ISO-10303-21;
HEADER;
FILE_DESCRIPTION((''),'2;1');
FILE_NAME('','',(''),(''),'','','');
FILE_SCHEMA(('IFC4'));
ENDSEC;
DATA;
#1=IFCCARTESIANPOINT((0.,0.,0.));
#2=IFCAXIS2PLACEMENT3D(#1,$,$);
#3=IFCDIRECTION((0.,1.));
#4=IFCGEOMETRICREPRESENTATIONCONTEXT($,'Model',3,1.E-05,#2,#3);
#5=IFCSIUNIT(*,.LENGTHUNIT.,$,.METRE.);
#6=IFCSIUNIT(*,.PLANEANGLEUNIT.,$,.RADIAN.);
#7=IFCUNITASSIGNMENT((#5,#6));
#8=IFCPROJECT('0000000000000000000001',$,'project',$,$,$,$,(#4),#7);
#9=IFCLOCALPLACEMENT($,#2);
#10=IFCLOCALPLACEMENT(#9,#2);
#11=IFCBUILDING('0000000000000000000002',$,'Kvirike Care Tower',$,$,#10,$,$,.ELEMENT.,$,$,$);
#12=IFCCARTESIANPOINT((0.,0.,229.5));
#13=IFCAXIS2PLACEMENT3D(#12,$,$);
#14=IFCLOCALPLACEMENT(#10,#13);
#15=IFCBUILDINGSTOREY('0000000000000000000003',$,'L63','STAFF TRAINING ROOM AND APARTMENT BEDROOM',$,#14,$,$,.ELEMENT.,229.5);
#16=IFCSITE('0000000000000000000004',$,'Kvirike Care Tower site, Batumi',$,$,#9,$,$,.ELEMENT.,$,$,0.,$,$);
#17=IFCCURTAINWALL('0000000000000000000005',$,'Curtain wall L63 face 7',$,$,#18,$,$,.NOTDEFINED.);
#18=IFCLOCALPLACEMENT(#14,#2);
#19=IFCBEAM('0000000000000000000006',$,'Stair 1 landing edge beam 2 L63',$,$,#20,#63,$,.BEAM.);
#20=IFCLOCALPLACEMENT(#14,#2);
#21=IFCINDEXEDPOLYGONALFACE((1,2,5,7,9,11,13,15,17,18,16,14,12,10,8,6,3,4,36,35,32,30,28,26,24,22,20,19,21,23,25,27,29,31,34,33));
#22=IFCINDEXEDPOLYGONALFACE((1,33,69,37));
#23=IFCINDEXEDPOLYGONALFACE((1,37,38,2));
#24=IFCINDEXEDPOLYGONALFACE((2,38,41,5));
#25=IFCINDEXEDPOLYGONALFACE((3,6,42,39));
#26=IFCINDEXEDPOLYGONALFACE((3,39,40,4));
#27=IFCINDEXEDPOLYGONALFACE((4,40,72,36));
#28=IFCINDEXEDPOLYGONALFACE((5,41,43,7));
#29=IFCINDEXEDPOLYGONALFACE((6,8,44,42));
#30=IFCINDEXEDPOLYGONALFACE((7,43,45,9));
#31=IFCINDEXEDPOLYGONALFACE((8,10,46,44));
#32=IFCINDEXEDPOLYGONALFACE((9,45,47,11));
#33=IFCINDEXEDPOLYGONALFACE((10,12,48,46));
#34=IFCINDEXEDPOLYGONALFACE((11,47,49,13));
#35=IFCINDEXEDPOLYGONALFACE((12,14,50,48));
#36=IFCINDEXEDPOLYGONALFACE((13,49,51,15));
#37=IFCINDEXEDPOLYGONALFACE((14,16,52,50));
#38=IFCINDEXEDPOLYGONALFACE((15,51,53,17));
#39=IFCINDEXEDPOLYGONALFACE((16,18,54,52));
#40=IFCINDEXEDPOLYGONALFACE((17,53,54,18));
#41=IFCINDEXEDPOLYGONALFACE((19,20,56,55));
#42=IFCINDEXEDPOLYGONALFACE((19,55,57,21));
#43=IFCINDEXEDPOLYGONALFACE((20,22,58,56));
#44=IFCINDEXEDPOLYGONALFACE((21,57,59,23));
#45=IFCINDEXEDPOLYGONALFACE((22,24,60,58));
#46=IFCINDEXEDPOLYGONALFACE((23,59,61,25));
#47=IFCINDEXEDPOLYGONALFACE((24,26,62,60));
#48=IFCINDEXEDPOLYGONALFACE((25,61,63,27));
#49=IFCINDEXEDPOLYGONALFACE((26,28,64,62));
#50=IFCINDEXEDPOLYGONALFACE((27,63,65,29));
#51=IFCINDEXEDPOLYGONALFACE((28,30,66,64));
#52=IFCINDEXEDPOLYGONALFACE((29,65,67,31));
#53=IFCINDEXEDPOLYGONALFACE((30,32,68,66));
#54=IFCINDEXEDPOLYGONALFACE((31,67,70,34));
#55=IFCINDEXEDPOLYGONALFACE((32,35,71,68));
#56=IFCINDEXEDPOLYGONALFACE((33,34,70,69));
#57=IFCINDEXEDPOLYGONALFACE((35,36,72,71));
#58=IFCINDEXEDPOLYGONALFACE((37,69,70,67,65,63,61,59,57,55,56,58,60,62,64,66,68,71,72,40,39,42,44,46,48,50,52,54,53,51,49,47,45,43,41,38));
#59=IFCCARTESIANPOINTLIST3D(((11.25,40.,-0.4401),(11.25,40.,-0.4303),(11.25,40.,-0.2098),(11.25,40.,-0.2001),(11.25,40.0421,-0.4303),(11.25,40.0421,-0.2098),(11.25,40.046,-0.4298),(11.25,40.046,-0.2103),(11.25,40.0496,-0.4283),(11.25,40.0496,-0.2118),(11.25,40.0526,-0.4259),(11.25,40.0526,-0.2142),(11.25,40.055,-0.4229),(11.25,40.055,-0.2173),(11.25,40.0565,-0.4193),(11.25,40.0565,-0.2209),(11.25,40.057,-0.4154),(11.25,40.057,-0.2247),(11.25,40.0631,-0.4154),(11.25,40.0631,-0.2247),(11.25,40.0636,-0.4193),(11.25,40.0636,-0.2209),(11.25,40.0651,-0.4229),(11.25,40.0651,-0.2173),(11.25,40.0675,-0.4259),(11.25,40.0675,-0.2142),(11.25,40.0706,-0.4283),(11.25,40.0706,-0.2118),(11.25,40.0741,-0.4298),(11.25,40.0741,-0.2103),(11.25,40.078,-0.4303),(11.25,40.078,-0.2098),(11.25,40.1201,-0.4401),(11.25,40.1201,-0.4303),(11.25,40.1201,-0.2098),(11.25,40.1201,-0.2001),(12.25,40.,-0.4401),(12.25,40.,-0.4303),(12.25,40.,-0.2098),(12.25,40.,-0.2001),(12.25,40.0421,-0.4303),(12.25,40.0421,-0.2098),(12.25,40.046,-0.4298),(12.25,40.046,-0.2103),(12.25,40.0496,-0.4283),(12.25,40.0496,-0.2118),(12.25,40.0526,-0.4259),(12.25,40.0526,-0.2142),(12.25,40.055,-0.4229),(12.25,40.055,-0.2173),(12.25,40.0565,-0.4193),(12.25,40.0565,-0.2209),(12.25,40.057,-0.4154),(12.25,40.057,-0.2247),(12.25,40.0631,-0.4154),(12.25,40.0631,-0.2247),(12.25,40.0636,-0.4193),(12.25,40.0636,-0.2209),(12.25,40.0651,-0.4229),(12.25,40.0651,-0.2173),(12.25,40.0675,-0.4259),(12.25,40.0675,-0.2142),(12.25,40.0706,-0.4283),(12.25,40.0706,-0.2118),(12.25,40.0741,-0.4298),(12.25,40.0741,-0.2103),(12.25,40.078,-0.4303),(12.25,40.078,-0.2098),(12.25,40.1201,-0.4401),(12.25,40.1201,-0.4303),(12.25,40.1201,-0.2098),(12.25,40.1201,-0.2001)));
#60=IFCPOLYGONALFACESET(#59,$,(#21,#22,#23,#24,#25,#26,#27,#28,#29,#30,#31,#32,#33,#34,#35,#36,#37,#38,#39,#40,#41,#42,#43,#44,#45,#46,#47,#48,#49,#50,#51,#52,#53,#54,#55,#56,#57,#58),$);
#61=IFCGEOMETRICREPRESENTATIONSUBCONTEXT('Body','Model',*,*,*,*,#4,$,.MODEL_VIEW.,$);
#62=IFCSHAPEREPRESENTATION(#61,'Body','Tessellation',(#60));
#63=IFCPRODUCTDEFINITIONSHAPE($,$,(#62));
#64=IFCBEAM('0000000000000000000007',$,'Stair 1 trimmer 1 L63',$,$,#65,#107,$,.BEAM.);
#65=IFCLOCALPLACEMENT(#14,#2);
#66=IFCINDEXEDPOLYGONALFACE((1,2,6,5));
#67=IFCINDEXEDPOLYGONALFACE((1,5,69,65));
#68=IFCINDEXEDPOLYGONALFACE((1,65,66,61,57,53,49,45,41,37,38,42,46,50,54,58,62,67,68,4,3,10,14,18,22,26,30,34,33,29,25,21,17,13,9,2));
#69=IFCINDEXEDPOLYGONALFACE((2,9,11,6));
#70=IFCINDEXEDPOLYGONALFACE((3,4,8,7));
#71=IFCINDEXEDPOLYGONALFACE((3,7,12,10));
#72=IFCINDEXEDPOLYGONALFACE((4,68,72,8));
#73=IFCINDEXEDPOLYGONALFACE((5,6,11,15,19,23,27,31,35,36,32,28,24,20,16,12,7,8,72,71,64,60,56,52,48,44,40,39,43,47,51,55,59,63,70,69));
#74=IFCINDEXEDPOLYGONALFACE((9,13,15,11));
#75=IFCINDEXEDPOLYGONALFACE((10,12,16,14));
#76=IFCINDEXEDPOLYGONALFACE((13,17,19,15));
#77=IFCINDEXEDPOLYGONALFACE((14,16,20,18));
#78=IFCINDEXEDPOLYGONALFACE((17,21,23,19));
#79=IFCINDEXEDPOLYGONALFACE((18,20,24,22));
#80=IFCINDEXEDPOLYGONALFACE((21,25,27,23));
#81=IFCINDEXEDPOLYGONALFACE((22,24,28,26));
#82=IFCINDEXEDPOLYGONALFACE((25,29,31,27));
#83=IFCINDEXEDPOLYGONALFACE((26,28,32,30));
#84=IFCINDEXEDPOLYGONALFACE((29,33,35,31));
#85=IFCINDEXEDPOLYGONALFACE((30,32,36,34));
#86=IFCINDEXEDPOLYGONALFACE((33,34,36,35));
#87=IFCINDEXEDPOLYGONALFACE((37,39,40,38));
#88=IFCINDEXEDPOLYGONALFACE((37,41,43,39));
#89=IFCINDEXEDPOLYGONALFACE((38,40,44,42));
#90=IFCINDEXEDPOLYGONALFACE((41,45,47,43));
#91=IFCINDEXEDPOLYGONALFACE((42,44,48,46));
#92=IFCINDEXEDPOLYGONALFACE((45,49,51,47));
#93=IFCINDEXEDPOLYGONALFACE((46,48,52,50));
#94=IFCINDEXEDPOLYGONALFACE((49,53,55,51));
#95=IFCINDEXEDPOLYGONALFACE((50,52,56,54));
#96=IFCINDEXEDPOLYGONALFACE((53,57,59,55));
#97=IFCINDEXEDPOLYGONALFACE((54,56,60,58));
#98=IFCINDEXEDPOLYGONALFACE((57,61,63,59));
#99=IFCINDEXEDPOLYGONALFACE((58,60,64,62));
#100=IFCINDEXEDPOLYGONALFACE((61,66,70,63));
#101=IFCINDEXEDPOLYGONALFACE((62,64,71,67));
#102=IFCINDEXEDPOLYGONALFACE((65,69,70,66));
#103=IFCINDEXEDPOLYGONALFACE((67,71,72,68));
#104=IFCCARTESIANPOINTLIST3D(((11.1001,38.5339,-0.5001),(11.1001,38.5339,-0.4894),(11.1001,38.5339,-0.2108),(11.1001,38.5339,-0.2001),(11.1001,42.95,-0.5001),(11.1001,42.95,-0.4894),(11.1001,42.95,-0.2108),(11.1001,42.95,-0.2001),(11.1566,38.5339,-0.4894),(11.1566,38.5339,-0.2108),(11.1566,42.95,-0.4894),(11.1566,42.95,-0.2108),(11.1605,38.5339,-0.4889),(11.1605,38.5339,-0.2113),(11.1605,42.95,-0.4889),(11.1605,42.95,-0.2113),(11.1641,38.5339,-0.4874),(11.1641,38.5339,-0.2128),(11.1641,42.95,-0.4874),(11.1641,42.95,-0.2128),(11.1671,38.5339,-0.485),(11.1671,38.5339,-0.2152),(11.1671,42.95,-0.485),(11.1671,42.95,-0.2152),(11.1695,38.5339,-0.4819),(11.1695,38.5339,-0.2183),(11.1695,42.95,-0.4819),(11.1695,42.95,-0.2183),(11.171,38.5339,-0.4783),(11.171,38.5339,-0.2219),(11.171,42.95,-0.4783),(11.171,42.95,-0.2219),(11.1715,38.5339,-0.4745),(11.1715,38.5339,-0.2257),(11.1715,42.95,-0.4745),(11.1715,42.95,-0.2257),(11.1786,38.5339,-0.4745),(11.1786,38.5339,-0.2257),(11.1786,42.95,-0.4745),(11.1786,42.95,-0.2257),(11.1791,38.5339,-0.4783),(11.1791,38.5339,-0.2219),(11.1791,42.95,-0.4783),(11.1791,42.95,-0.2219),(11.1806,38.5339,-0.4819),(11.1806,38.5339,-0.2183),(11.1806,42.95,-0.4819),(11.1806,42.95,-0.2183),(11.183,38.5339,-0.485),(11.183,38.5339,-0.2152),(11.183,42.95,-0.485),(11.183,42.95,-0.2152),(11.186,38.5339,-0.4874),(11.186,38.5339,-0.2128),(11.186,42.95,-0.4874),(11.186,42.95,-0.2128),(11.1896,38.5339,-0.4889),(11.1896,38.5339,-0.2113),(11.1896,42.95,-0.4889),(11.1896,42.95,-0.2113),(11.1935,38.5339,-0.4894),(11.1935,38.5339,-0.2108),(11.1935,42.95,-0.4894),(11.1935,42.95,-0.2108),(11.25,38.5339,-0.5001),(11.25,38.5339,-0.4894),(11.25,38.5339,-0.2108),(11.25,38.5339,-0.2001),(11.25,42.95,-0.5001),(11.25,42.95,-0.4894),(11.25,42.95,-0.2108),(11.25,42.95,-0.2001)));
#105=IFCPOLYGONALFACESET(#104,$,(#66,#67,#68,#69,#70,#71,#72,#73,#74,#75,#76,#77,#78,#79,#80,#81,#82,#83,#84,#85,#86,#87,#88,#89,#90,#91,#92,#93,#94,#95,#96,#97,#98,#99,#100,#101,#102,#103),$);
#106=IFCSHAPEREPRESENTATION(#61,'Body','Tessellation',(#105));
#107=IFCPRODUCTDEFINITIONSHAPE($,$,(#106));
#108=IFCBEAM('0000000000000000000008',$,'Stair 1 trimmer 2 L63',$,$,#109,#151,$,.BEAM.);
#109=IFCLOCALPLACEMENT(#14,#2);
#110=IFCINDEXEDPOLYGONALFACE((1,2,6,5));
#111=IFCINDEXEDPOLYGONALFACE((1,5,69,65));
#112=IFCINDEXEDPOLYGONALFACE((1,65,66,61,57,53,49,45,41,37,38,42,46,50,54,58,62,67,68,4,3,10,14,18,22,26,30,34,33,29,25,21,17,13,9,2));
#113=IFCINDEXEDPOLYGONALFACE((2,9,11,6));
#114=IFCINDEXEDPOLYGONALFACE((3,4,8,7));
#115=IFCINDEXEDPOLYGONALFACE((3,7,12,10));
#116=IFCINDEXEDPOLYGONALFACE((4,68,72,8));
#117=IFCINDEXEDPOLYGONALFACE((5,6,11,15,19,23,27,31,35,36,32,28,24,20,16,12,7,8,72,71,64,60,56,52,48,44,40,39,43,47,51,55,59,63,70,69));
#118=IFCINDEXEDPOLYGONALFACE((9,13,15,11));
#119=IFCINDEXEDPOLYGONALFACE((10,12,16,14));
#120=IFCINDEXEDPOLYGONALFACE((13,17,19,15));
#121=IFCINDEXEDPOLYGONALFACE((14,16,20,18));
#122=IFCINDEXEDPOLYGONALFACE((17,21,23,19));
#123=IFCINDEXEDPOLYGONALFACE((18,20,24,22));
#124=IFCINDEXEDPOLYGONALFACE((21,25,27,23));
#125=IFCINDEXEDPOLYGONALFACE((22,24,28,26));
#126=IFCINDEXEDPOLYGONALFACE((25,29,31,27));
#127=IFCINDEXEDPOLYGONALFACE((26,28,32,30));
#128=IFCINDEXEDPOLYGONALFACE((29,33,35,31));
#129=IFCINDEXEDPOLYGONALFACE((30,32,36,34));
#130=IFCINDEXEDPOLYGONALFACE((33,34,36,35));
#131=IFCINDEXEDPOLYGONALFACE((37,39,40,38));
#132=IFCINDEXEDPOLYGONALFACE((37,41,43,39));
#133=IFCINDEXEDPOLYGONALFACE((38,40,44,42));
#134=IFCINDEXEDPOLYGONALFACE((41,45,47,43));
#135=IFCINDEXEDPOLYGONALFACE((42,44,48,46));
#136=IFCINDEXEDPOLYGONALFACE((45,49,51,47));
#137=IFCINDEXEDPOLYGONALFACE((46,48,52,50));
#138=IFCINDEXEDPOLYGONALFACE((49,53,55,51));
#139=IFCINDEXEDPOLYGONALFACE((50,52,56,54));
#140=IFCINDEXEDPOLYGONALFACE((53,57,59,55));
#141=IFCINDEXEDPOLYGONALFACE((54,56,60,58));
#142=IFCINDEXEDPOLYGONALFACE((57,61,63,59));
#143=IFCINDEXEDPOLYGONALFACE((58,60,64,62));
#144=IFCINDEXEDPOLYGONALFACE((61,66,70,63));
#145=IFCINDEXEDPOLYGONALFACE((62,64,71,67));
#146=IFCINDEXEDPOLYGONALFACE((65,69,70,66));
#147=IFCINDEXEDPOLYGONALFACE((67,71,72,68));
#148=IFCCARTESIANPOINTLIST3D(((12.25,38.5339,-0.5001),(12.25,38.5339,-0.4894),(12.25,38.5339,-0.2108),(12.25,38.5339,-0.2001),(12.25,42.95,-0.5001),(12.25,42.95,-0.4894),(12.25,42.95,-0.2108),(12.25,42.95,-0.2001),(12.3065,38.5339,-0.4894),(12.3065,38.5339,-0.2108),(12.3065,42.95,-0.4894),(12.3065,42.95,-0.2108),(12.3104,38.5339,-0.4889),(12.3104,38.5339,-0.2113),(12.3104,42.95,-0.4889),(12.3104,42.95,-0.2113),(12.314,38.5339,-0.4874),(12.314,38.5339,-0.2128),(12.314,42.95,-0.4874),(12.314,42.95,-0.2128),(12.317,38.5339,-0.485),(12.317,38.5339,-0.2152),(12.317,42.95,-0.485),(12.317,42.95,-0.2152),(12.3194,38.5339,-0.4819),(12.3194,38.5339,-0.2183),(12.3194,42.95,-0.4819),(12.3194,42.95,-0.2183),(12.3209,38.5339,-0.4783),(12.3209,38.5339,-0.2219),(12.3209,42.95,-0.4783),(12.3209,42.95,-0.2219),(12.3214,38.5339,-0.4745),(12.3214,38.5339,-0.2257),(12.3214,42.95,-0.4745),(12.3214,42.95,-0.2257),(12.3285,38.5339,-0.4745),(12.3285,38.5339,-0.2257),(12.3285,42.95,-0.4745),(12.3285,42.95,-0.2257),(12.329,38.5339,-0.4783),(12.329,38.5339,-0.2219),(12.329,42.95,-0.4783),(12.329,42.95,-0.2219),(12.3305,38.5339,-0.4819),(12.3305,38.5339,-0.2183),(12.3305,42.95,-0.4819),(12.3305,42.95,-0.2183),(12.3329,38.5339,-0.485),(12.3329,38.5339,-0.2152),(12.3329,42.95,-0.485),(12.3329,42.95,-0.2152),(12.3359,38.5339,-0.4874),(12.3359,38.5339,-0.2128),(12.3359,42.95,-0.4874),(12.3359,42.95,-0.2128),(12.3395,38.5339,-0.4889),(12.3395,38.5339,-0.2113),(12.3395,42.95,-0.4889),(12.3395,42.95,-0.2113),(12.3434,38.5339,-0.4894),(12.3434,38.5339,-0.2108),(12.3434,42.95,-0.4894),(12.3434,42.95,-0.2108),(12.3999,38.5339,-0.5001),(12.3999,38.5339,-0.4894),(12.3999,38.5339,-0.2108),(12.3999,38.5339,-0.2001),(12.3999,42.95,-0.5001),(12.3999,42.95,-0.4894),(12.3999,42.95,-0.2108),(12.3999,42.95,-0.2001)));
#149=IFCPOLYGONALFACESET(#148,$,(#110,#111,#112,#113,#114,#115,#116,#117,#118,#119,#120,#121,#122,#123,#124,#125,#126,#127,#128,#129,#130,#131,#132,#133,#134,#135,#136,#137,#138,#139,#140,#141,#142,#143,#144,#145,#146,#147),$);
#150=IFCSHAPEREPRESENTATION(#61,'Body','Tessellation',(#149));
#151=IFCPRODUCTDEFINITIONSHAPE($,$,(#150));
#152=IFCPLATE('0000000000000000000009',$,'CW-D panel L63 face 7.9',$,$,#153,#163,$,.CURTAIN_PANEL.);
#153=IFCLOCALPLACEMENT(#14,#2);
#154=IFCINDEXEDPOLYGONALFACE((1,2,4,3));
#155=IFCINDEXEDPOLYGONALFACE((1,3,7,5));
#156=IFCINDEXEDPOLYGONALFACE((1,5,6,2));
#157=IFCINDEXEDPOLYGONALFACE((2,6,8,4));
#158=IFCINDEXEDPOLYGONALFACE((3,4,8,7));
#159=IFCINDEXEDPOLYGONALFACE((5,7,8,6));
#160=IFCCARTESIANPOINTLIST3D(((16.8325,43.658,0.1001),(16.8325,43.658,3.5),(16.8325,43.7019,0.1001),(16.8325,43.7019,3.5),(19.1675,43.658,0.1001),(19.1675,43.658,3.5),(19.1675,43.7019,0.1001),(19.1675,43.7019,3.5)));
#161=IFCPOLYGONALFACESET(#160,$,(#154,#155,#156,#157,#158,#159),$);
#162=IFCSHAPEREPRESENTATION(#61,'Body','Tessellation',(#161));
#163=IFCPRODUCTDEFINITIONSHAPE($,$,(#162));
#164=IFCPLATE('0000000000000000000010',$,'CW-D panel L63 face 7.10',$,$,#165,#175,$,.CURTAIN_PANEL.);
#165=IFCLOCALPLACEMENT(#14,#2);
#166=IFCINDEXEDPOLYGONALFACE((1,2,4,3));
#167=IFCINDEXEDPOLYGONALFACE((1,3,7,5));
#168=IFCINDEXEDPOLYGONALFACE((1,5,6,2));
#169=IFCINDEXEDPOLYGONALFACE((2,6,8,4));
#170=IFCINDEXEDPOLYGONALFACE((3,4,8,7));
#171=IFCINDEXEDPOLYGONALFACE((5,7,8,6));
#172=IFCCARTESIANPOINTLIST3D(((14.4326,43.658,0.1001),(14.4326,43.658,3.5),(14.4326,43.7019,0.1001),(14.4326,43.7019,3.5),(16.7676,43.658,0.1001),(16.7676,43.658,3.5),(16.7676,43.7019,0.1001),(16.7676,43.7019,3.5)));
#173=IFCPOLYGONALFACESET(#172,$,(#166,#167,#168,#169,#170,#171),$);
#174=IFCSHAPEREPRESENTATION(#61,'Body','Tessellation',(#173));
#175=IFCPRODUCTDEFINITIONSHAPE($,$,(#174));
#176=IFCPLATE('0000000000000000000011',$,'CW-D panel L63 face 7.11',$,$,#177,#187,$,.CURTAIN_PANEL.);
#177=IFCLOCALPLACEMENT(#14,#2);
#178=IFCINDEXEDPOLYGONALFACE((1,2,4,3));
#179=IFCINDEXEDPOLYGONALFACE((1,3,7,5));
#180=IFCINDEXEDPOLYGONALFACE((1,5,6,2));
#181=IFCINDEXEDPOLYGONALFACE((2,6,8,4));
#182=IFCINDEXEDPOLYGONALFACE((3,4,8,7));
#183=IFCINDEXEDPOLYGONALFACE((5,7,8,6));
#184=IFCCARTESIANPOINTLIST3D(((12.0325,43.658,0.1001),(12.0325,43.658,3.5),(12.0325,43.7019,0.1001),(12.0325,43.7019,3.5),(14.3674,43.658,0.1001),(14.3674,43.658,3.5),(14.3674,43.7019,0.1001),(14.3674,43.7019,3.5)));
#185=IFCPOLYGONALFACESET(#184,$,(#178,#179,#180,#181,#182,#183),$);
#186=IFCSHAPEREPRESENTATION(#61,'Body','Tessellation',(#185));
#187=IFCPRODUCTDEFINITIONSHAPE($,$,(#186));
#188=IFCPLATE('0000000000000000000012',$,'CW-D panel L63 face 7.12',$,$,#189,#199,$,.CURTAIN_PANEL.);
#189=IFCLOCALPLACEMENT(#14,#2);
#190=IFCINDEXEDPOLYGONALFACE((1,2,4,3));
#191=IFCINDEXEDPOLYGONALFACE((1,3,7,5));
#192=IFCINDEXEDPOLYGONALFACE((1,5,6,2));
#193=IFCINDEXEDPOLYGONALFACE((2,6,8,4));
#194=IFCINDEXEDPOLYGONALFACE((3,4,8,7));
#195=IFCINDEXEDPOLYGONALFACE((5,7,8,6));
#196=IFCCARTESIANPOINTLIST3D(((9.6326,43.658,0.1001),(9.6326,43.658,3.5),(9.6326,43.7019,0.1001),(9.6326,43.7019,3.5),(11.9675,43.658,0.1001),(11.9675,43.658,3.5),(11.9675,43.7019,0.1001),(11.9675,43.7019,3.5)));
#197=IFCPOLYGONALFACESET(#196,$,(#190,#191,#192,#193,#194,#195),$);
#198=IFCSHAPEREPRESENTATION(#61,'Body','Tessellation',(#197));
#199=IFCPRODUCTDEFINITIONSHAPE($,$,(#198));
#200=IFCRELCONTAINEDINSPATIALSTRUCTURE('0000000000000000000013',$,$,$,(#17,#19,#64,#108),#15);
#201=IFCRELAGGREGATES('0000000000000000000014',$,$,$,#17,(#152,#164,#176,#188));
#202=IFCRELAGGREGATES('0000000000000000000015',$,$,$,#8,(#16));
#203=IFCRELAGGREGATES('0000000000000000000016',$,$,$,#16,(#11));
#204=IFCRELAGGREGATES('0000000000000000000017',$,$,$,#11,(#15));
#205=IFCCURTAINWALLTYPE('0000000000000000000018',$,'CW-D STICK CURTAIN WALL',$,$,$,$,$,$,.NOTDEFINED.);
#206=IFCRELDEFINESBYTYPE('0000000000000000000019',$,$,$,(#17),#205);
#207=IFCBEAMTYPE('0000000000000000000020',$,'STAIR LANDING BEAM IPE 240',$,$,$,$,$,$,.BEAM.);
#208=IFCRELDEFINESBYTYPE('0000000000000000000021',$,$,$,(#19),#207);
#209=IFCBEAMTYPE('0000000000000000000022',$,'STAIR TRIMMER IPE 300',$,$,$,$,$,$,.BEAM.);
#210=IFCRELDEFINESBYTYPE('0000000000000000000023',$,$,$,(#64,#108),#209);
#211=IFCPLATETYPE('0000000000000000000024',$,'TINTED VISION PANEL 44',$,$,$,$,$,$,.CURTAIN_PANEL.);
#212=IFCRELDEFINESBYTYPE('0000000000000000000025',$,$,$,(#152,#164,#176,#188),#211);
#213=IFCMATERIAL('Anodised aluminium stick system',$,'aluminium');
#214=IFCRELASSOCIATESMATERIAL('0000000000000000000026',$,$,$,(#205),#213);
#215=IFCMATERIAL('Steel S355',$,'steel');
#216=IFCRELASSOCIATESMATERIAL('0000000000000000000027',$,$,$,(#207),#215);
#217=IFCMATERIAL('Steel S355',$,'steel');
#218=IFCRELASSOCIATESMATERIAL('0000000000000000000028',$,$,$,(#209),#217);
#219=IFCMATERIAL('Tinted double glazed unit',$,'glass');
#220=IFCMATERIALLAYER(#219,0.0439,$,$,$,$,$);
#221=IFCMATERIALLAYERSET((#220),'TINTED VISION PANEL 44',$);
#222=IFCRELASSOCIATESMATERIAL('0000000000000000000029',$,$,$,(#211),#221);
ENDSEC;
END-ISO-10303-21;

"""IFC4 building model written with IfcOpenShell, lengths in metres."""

from ifc_helpers import new_model, si_unit, direction, frame, origin, origin_2d, place, context, subcontext, project, spatial, rectangle, i_section, extrude, material, layer, layer_set, material_profile, profile_set, type_object, element, aggregate, save


model = new_model("IFC4")

# Units and contexts
model_context = context("Model", 3, precision=1e-05, world=origin(), true_north=direction((0.0, 1.0)))
body_context = subcontext(model_context, "Body", "Model", "MODEL_VIEW")
ifc_project = project(units=[si_unit("LENGTHUNIT", "METRE"), si_unit("PLANEANGLEUNIT", "RADIAN")], contexts=[model_context])

# Site, building, storey
site_placement = place(None, origin())
site = spatial("IfcSite", under=ifc_project, at=site_placement, Name="Kvirike Care Tower site, Batumi", CompositionType="ELEMENT", RefElevation=0.0)
building_placement = place(site_placement, origin())
building = spatial("IfcBuilding", under=site, at=building_placement, Name="Kvirike Care Tower", CompositionType="ELEMENT")
storey_placement = place(building_placement, frame((0.0, 0.0, 229.5)))
storey = spatial("IfcBuildingStorey", under=building, at=storey_placement, Name="L63", Description="STAFF TRAINING ROOM AND APARTMENT BEDROOM", CompositionType="ELEMENT", Elevation=229.5)

# Curtain wall
ifc_material_1 = material(Name="Anodised aluminium stick system", Category="aluminium")
curtain_wall_type = type_object("IfcCurtainWallType", Name="CW-D STICK CURTAIN WALL", PredefinedType="NOTDEFINED", material=ifc_material_1)
curtain_wall_placement = place(storey_placement, origin())
curtain_wall = element("IfcCurtainWall", 1, at=curtain_wall_placement, inside=storey, type_object=curtain_wall_type, Name="Curtain wall L63 face 7", PredefinedType="NOTDEFINED")

# Beams
ifc_material_2 = material(Name="Steel S355", Category="steel")
ifc_material_profile_1 = material_profile(ifc_material_2, i_section(OverallWidth=0.1201, OverallDepth=0.24, WebThickness=0.0061, FlangeThickness=0.0098, FilletRadius=0.0149, at=origin_2d()), Name="IPE 240")
ifc_profile_set_1 = profile_set([ifc_material_profile_1], Name="Steel S355")
beam_type_1 = type_object("IfcBeamType", Name="STAIR LANDING BEAM IPE 240", PredefinedType="BEAM", material=ifc_profile_set_1)
for number, where, z_axis, x_axis, name in (
    (2, (11.25, 40.0601, -0.3201), (1.0, 0.0, 0.0), (0.0, 1.0, 0.0), "Stair 1 landing edge beam 2 L63"),
):
    element("IfcBeam", number, at=place(storey_placement, frame(where, z_axis=z_axis, x_axis=x_axis)), inside=storey, type_object=beam_type_1, Name=name, PredefinedType="BEAM", context=body_context, shape_type="SweptSolid", body=[
        extrude(i_section(OverallWidth=0.1201, OverallDepth=0.24, WebThickness=0.0061, FlangeThickness=0.0098, FilletRadius=0.0149, at=origin_2d()), origin(), (0.0, 0.0, 1.0), 1.0),
    ])
ifc_material_3 = material(Name="Steel S355", Category="steel")
ifc_material_profile_2 = material_profile(ifc_material_3, i_section(OverallWidth=0.1499, OverallDepth=0.3, WebThickness=0.0071, FlangeThickness=0.0107, FilletRadius=0.0149, at=origin_2d()), Name="IPE 300")
ifc_profile_set_2 = profile_set([ifc_material_profile_2], Name="Steel S355")
beam_type_2 = type_object("IfcBeamType", Name="STAIR TRIMMER IPE 300", PredefinedType="BEAM", material=ifc_profile_set_2)
for number, where, z_axis, x_axis, name in (
    (3, (11.175, 42.95, -0.3501), (0.0, -1.0, 0.0), (1.0, 0.0, 0.0), "Stair 1 trimmer 1 L63"),
    (4, (12.325, 42.95, -0.3501), (0.0, -1.0, 0.0), (1.0, 0.0, 0.0), "Stair 1 trimmer 2 L63"),
):
    element("IfcBeam", number, at=place(storey_placement, frame(where, z_axis=z_axis, x_axis=x_axis)), inside=storey, type_object=beam_type_2, Name=name, PredefinedType="BEAM", context=body_context, shape_type="SweptSolid", body=[
        extrude(i_section(OverallWidth=0.1499, OverallDepth=0.3, WebThickness=0.0071, FlangeThickness=0.0107, FilletRadius=0.0149, at=origin_2d()), origin(), (0.0, 0.0, 1.0), 4.416),
    ])

# Plates
ifc_material_4 = material(Name="Tinted double glazed unit", Category="glass")
ifc_layer_1 = layer(ifc_material_4, 0.0439)
ifc_layer_set_1 = layer_set([ifc_layer_1], Name="TINTED VISION PANEL 44")
plate_type = type_object("IfcPlateType", Name="TINTED VISION PANEL 44", PredefinedType="CURTAIN_PANEL", material=ifc_layer_set_1)
plate_1_placement = place(storey_placement, frame((18.0, 43.6799, 0.1001), z_axis=(0.0, 0.0, 1.0), x_axis=(-1.0, 0.0, 0.0)))
plate_1 = element("IfcPlate", 5, at=plate_1_placement, type_object=plate_type, Name="CW-D panel L63 face 7.9", PredefinedType="CURTAIN_PANEL", context=body_context, shape_type="SweptSolid", body=[
    extrude(rectangle(XDim=2.335, YDim=0.0439, at=origin_2d()), origin(), (0.0, 0.0, 1.0), 3.3999),
])
plate_2_placement = place(storey_placement, frame((15.6001, 43.6799, 0.1001), z_axis=(0.0, 0.0, 1.0), x_axis=(-1.0, 0.0, 0.0)))
plate_2 = element("IfcPlate", 6, at=plate_2_placement, type_object=plate_type, Name="CW-D panel L63 face 7.10", PredefinedType="CURTAIN_PANEL", context=body_context, shape_type="SweptSolid", body=[
    extrude(rectangle(XDim=2.335, YDim=0.0439, at=origin_2d()), origin(), (0.0, 0.0, 1.0), 3.3999),
])
plate_3_placement = place(storey_placement, frame((13.2, 43.6799, 0.1001), z_axis=(0.0, 0.0, 1.0), x_axis=(-1.0, 0.0, 0.0)))
plate_3 = element("IfcPlate", 7, at=plate_3_placement, type_object=plate_type, Name="CW-D panel L63 face 7.11", PredefinedType="CURTAIN_PANEL", context=body_context, shape_type="SweptSolid", body=[
    extrude(rectangle(XDim=2.335, YDim=0.0439, at=origin_2d()), origin(), (0.0, 0.0, 1.0), 3.3999),
])
plate_4_placement = place(storey_placement, frame((10.8, 43.6799, 0.1001), z_axis=(0.0, 0.0, 1.0), x_axis=(-1.0, 0.0, 0.0)))
plate_4 = element("IfcPlate", 8, at=plate_4_placement, type_object=plate_type, Name="CW-D panel L63 face 7.12", PredefinedType="CURTAIN_PANEL", context=body_context, shape_type="SweptSolid", body=[
    extrude(rectangle(XDim=2.335, YDim=0.0439, at=origin_2d()), origin(), (0.0, 0.0, 1.0), 3.3999),
])
aggregate(curtain_wall, [plate_1, plate_2, plate_3, plate_4])

save(model, "model.ifc")
